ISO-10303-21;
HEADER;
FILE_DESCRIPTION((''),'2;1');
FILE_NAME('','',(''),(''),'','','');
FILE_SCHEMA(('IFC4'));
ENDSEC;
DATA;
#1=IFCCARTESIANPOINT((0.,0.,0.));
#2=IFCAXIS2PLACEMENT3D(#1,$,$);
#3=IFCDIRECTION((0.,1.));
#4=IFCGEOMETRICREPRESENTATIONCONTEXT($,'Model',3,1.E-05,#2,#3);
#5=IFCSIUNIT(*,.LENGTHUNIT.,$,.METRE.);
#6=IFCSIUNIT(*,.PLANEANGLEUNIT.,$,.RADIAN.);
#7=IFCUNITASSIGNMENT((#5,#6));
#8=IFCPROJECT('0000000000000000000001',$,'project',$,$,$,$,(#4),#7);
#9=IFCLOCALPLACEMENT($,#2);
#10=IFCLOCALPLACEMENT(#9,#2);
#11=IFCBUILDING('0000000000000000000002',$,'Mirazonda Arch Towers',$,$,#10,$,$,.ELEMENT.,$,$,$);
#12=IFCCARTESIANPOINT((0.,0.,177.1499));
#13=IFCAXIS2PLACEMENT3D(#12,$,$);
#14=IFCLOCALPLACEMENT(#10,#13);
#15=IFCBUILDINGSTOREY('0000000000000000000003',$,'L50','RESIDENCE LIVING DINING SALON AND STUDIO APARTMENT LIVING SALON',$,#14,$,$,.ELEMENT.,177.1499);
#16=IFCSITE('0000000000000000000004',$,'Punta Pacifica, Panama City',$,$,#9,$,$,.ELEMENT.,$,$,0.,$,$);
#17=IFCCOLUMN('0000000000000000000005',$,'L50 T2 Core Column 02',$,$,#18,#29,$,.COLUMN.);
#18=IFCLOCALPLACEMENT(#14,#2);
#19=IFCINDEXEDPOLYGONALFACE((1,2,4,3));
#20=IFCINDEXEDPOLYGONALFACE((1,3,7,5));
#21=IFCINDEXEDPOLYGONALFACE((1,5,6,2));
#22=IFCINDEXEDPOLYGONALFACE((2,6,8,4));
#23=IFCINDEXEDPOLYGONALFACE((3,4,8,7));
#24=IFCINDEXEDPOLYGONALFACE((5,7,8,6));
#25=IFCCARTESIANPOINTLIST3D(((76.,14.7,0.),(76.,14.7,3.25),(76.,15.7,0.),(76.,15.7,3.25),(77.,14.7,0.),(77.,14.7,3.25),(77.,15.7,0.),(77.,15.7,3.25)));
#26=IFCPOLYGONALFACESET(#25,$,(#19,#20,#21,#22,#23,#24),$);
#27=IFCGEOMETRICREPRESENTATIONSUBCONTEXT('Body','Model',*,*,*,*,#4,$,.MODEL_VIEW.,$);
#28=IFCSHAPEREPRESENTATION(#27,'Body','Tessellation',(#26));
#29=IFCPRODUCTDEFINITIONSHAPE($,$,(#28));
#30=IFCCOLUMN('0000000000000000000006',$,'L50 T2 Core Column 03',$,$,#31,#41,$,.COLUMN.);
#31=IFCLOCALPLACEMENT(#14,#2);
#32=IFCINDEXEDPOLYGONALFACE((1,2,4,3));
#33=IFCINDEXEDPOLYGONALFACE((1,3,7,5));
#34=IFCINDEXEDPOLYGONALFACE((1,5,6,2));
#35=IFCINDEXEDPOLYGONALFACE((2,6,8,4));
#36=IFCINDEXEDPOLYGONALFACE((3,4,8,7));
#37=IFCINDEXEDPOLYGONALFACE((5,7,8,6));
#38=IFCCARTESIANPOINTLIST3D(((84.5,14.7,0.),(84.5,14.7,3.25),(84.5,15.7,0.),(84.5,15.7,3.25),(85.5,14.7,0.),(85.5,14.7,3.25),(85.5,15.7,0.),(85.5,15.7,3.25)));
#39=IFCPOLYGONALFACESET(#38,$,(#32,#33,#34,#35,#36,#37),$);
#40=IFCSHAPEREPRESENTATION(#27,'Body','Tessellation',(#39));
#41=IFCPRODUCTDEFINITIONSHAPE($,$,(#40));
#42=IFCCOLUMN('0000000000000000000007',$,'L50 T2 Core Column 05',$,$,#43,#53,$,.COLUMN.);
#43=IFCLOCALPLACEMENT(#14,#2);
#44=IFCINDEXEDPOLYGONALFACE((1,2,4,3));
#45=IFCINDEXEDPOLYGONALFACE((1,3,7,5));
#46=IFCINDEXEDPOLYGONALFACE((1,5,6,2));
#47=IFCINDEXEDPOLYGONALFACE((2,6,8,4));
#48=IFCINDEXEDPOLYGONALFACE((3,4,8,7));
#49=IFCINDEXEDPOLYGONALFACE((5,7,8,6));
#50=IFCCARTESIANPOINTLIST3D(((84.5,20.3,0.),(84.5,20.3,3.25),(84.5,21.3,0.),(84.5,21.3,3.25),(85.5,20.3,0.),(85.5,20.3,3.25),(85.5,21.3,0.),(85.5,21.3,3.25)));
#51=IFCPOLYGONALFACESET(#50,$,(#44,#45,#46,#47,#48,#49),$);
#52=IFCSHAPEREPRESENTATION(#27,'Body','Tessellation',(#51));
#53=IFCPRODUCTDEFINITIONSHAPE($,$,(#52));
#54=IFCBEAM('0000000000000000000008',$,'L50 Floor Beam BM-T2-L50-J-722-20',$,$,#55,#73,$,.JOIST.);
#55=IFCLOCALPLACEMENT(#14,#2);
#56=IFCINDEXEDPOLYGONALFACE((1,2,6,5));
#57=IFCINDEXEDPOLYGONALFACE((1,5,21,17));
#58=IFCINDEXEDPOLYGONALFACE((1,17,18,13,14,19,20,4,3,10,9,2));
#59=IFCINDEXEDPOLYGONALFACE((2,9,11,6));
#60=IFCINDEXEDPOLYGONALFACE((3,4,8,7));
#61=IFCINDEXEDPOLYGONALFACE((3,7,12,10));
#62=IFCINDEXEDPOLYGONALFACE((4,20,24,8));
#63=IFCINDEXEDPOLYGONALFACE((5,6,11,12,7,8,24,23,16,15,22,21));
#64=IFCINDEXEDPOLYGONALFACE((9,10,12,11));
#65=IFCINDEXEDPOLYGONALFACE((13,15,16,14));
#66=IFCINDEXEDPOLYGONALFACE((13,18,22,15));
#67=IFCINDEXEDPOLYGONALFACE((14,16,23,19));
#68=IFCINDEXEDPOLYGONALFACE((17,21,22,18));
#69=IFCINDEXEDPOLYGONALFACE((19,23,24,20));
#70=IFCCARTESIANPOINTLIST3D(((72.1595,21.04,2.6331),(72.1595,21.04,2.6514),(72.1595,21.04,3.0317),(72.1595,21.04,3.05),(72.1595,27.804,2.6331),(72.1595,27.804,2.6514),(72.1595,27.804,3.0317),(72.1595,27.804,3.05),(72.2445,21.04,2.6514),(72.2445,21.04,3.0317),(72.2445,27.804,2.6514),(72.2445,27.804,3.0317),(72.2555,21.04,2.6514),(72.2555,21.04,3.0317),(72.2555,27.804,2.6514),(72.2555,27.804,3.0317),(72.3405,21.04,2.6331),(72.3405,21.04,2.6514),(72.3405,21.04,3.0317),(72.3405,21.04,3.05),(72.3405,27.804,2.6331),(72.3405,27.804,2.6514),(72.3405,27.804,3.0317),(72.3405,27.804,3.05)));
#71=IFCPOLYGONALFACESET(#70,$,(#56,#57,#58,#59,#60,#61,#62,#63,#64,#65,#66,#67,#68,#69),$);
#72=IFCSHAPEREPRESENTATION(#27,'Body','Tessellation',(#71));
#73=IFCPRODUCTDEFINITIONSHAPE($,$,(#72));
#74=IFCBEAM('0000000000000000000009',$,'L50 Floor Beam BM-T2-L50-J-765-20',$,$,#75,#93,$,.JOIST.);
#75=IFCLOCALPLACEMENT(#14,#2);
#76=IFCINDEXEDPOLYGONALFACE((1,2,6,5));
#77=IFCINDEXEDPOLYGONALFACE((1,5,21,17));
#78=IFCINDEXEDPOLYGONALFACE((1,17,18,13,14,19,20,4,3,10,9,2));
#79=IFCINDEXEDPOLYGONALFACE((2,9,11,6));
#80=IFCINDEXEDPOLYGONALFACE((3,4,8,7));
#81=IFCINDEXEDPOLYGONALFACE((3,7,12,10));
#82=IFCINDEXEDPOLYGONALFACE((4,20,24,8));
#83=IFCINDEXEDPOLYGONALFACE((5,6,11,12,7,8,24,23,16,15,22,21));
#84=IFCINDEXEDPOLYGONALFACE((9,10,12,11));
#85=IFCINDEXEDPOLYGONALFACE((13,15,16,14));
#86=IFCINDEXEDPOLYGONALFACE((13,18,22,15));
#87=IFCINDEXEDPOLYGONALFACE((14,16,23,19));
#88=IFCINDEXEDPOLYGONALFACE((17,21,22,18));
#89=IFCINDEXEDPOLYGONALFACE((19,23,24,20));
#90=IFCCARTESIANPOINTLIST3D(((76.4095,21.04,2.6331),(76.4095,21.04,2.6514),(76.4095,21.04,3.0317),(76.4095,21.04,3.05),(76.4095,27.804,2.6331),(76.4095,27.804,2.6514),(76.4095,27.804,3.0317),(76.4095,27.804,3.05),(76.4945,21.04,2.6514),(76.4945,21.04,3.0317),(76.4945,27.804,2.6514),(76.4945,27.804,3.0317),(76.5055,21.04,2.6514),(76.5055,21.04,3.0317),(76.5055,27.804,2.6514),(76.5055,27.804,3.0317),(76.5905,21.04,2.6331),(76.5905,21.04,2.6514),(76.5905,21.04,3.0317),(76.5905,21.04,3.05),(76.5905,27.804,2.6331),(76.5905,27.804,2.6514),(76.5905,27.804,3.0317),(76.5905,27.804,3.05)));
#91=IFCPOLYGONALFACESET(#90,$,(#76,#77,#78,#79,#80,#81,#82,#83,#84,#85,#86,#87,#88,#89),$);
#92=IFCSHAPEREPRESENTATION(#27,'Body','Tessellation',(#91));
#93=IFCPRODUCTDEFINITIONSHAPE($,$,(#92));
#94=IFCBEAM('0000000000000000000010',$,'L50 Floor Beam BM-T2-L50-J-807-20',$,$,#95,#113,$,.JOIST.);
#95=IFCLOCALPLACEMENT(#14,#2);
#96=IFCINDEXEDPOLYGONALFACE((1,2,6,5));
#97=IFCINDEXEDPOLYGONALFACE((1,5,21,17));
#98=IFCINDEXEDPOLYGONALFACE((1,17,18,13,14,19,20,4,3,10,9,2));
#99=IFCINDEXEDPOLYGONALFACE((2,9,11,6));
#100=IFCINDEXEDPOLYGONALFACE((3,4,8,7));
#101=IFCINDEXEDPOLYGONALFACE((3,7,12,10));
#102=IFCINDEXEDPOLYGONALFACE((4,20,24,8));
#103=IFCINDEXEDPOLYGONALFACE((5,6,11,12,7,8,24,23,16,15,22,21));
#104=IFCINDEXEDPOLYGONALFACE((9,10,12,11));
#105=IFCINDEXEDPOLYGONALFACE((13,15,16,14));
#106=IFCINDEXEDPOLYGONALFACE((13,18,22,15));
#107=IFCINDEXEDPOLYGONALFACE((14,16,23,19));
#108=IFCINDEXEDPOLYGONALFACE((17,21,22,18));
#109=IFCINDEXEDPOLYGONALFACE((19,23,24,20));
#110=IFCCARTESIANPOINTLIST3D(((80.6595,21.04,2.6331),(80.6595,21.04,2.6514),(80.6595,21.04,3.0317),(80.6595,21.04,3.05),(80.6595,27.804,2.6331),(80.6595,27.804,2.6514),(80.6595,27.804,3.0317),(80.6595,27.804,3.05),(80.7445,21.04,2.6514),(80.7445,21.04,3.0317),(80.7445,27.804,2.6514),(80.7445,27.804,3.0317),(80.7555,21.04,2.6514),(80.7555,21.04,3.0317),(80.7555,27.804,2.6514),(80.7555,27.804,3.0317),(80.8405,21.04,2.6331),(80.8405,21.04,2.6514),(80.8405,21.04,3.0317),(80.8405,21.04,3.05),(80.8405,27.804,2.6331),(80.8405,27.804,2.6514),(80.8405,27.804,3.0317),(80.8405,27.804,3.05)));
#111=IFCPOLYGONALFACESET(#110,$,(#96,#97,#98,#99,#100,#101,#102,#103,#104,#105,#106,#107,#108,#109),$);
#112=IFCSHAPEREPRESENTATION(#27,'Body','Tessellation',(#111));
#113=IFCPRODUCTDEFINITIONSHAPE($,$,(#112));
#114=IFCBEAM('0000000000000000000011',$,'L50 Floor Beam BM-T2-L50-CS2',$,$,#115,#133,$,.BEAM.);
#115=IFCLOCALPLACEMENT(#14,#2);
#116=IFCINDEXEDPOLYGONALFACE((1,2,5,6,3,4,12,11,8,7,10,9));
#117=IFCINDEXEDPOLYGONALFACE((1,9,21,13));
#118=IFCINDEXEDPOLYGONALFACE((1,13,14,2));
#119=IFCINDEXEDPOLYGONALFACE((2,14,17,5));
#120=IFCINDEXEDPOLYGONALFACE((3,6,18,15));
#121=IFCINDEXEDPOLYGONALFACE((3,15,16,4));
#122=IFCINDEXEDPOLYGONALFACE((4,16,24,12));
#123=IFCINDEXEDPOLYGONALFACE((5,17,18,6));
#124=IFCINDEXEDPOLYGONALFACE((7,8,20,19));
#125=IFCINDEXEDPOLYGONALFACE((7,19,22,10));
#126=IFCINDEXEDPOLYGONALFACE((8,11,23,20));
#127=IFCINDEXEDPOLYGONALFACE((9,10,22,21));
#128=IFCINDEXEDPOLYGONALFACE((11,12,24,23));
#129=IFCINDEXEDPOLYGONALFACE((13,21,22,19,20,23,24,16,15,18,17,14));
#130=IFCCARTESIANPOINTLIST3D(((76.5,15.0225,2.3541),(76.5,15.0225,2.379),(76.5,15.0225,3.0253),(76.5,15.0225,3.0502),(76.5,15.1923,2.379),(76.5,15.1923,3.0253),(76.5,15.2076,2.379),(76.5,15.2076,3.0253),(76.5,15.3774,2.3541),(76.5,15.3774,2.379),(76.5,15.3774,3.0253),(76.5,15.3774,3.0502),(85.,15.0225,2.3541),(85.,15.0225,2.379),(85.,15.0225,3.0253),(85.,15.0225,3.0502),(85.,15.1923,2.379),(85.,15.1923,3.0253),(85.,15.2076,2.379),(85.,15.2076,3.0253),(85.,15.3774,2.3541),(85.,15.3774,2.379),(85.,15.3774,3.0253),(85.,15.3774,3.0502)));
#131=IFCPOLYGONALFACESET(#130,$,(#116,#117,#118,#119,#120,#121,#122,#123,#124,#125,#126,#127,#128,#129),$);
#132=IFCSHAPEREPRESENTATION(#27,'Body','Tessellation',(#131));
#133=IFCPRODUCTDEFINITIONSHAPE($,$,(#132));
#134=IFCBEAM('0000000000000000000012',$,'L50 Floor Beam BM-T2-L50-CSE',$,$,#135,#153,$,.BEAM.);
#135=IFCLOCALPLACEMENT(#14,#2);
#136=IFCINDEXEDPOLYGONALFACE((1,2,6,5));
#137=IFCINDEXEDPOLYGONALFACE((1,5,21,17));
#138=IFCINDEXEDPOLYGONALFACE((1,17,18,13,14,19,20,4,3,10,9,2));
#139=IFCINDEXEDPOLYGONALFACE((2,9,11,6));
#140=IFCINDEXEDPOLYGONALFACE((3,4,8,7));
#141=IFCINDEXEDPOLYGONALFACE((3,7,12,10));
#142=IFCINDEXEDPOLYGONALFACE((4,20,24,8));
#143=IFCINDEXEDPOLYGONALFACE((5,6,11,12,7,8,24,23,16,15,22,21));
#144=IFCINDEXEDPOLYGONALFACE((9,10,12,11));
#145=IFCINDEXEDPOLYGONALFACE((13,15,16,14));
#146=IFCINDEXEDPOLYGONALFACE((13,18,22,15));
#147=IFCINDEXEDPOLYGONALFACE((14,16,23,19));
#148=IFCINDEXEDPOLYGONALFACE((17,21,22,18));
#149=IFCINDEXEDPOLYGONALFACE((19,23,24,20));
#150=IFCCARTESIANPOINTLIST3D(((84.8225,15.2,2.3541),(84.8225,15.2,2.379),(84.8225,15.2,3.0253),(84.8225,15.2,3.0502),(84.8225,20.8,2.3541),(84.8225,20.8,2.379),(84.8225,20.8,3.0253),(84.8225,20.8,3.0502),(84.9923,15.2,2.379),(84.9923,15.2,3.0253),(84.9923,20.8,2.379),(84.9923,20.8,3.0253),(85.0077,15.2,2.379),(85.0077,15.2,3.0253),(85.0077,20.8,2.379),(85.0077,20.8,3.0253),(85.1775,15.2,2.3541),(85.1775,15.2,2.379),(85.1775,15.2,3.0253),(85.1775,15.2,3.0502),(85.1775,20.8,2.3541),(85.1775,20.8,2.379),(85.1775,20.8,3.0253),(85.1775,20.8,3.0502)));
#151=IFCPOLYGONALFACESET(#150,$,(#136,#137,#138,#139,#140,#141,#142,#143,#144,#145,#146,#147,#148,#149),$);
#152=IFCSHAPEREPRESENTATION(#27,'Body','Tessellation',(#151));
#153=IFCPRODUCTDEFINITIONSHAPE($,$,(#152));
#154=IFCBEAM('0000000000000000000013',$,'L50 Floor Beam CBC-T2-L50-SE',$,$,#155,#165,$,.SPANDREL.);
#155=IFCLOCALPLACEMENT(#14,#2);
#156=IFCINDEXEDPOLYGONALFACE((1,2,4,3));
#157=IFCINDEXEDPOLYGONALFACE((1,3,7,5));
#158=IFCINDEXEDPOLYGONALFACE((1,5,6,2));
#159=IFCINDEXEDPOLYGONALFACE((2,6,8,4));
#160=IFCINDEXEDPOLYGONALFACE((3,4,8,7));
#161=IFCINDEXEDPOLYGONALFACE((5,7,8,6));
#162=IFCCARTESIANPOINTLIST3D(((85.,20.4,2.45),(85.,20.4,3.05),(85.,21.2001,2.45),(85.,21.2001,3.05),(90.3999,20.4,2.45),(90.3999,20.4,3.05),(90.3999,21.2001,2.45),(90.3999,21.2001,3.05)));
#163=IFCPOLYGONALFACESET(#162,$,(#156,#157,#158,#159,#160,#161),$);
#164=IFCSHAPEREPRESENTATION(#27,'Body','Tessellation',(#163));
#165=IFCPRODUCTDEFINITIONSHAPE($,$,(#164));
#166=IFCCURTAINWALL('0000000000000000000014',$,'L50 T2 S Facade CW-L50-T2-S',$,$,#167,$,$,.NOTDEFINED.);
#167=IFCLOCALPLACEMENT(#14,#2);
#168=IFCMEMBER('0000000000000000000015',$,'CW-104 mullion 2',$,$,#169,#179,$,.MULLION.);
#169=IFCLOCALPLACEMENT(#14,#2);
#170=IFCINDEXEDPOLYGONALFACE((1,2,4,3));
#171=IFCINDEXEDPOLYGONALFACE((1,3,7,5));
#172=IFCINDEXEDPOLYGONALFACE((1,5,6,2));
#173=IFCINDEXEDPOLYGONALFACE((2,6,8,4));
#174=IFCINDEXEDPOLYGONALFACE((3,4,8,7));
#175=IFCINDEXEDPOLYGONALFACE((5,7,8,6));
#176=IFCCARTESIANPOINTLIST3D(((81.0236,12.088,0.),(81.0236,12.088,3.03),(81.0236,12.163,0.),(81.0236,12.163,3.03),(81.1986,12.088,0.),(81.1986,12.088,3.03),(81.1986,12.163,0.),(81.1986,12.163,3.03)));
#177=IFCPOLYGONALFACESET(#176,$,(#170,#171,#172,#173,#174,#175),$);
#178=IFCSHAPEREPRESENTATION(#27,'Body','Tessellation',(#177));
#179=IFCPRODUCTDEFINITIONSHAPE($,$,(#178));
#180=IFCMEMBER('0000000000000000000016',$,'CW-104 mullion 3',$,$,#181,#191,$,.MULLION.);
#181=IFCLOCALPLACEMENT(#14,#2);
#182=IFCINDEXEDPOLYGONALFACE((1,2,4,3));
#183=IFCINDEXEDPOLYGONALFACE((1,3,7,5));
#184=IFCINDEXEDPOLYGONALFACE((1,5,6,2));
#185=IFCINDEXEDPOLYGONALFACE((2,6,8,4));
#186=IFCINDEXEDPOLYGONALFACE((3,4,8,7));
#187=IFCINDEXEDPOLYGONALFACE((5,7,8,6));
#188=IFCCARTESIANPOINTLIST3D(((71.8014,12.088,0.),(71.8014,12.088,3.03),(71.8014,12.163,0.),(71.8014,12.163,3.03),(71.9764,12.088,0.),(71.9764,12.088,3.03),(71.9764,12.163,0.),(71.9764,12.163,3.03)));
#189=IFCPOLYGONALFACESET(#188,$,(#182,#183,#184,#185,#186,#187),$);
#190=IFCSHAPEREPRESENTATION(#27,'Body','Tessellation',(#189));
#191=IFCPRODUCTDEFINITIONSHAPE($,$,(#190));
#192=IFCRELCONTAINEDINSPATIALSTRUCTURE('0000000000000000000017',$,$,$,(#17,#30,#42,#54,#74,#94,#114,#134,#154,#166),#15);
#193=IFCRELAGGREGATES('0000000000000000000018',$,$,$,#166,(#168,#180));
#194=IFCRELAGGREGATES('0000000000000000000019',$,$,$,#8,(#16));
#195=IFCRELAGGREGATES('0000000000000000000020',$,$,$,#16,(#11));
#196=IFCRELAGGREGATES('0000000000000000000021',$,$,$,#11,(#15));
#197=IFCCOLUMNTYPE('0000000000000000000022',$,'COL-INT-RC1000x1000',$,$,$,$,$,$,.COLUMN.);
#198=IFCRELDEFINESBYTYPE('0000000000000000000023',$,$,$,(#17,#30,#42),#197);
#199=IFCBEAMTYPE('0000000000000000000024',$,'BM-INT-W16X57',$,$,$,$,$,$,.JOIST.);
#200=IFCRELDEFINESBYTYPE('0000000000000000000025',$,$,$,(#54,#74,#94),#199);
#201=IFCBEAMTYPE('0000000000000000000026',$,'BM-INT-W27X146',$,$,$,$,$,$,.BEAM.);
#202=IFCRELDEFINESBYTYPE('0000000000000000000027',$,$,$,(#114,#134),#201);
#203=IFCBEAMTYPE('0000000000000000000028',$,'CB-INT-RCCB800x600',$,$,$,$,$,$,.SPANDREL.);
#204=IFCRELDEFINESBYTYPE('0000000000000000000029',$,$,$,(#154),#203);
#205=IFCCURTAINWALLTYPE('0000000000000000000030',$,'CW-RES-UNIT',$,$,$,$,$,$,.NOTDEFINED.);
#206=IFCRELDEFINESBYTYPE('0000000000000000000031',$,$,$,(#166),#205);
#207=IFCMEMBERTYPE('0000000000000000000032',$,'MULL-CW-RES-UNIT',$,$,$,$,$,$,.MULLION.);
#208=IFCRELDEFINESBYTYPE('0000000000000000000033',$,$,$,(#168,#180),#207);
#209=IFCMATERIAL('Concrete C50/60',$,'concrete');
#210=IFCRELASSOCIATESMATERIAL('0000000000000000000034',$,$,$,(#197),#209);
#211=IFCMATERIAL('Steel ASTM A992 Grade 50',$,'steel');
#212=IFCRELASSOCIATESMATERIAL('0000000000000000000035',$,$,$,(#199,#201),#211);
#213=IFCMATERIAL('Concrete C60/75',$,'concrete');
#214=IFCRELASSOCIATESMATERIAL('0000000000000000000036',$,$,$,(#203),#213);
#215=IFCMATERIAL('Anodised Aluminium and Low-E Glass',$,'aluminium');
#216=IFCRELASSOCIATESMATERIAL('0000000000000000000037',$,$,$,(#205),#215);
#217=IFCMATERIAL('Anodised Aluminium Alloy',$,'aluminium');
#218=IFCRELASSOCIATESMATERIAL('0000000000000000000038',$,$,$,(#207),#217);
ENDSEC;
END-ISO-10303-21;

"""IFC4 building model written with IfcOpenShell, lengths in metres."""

from ifc_helpers import new_model, si_unit, direction, frame, origin, origin_2d, place, context, subcontext, project, spatial, rectangle, i_section, extrude, material, material_profile, profile_set, type_object, element, aggregate, save


model = new_model("IFC4")

# Units and contexts
model_context = context("Model", 3, precision=1e-05, world=origin(), true_north=direction((0.0, 1.0)))
body_context = subcontext(model_context, "Body", "Model", "MODEL_VIEW")
ifc_project = project(units=[si_unit("LENGTHUNIT", "METRE"), si_unit("PLANEANGLEUNIT", "RADIAN")], contexts=[model_context])

# Site, building, storey
site_placement = place(None, origin())
site = spatial("IfcSite", under=ifc_project, at=site_placement, Name="Punta Pacifica, Panama City", CompositionType="ELEMENT", RefElevation=0.0)
building_placement = place(site_placement, origin())
building = spatial("IfcBuilding", under=site, at=building_placement, Name="Mirazonda Arch Towers", CompositionType="ELEMENT")
storey_placement = place(building_placement, frame((0.0, 0.0, 177.1499)))
storey = spatial("IfcBuildingStorey", under=building, at=storey_placement, Name="L50", Description="RESIDENCE LIVING DINING SALON AND STUDIO APARTMENT LIVING SALON", CompositionType="ELEMENT", Elevation=177.1499)

# Columns
ifc_material_1 = material(Name="Concrete C50/60", Category="concrete")
ifc_material_profile_1 = material_profile(ifc_material_1, rectangle(XDim=1.0, YDim=1.0, at=origin_2d()), Name="RC1000x1000")
ifc_profile_set_1 = profile_set([ifc_material_profile_1], Name="Concrete C50/60")
column_type = type_object("IfcColumnType", Name="COL-INT-RC1000x1000", PredefinedType="COLUMN", material=ifc_profile_set_1)
for number, where, z_axis, x_axis, name in (
    (1, (76.5, 15.2, 0.0), (0.0, 0.0, 1.0), (1.0, 0.0, 0.0), "L50 T2 Core Column 02"),
    (2, (85.0, 15.2, 0.0), (0.0, 0.0, 1.0), (1.0, 0.0, 0.0), "L50 T2 Core Column 03"),
    (3, (85.0, 20.8, 0.0), (0.0, 0.0, 1.0), (1.0, 0.0, 0.0), "L50 T2 Core Column 05"),
):
    element("IfcColumn", number, at=place(storey_placement, frame(where, z_axis=z_axis, x_axis=x_axis)), inside=storey, type_object=column_type, Name=name, PredefinedType="COLUMN", context=body_context, shape_type="SweptSolid", body=[
        extrude(rectangle(XDim=1.0, YDim=1.0, at=origin_2d()), origin(), (0.0, 0.0, 1.0), 3.25),
    ])

# Beams
ifc_material_2 = material(Name="Steel ASTM A992 Grade 50", Category="steel")
ifc_material_profile_2 = material_profile(ifc_material_2, i_section(OverallWidth=0.1809, OverallDepth=0.417, WebThickness=0.011, FlangeThickness=0.0183, at=origin_2d()), Name="W16X57")
ifc_profile_set_2 = profile_set([ifc_material_profile_2], Name="Steel ASTM A992 Grade 50")
beam_type_1 = type_object("IfcBeamType", Name="BM-INT-W16X57", PredefinedType="JOIST", material=ifc_profile_set_2)
for number, where, z_axis, x_axis, name in (
    (4, (72.25, 21.04, 2.8416), (0.0, 1.0, 0.0), (-1.0, 0.0, 0.0), "L50 Floor Beam BM-T2-L50-J-722-20"),
    (5, (76.5, 21.04, 2.8416), (0.0, 1.0, 0.0), (-1.0, 0.0, 0.0), "L50 Floor Beam BM-T2-L50-J-765-20"),
    (6, (80.75, 21.04, 2.8416), (0.0, 1.0, 0.0), (-1.0, 0.0, 0.0), "L50 Floor Beam BM-T2-L50-J-807-20"),
):
    element("IfcBeam", number, at=place(storey_placement, frame(where, z_axis=z_axis, x_axis=x_axis)), inside=storey, type_object=beam_type_1, Name=name, PredefinedType="JOIST", context=body_context, shape_type="SweptSolid", body=[
        extrude(i_section(OverallWidth=0.1809, OverallDepth=0.417, WebThickness=0.011, FlangeThickness=0.0183, at=origin_2d()), origin(), (0.0, 0.0, 1.0), 6.7639),
    ])
ifc_material_profile_3 = material_profile(ifc_material_2, i_section(OverallWidth=0.355, OverallDepth=0.696, WebThickness=0.0154, FlangeThickness=0.0249, at=origin_2d()), Name="W27X146")
ifc_profile_set_3 = profile_set([ifc_material_profile_3], Name="Steel ASTM A992 Grade 50")
beam_type_2 = type_object("IfcBeamType", Name="BM-INT-W27X146", PredefinedType="BEAM", material=ifc_profile_set_3)
beam_1_placement = place(storey_placement, frame((76.5, 15.2, 2.7021), z_axis=(1.0, 0.0, 0.0), x_axis=(0.0, 1.0, 0.0)))
element("IfcBeam", 7, at=beam_1_placement, inside=storey, type_object=beam_type_2, Name="L50 Floor Beam BM-T2-L50-CS2", PredefinedType="BEAM", context=body_context, shape_type="SweptSolid", body=[
    extrude(i_section(OverallWidth=0.355, OverallDepth=0.696, WebThickness=0.0154, FlangeThickness=0.0249, at=origin_2d()), origin(), (0.0, 0.0, 1.0), 8.5),
])
beam_2_placement = place(storey_placement, frame((85.0, 15.2, 2.7021), z_axis=(0.0, 1.0, 0.0), x_axis=(-1.0, 0.0, 0.0)))
element("IfcBeam", 8, at=beam_2_placement, inside=storey, type_object=beam_type_2, Name="L50 Floor Beam BM-T2-L50-CSE", PredefinedType="BEAM", context=body_context, shape_type="SweptSolid", body=[
    extrude(i_section(OverallWidth=0.355, OverallDepth=0.696, WebThickness=0.0154, FlangeThickness=0.0249, at=origin_2d()), origin(), (0.0, 0.0, 1.0), 5.6001),
])
ifc_material_3 = material(Name="Concrete C60/75", Category="concrete")
ifc_material_profile_4 = material_profile(ifc_material_3, rectangle(XDim=0.8, YDim=0.6001, at=origin_2d()), Name="RCCB800x600")
ifc_profile_set_4 = profile_set([ifc_material_profile_4], Name="Concrete C60/75")
beam_type_3 = type_object("IfcBeamType", Name="CB-INT-RCCB800x600", PredefinedType="SPANDREL", material=ifc_profile_set_4)
beam_3_placement = place(storey_placement, frame((85.0, 20.8, 2.75), z_axis=(1.0, 0.0, 0.0), x_axis=(0.0, 1.0, 0.0)))
element("IfcBeam", 9, at=beam_3_placement, inside=storey, type_object=beam_type_3, Name="L50 Floor Beam CBC-T2-L50-SE", PredefinedType="SPANDREL", context=body_context, shape_type="SweptSolid", body=[
    extrude(rectangle(XDim=0.8, YDim=0.6001, at=origin_2d()), origin(), (0.0, 0.0, 1.0), 5.3999),
])

# Curtain wall, members
ifc_material_4 = material(Name="Anodised Aluminium and Low-E Glass", Category="aluminium")
curtain_wall_type = type_object("IfcCurtainWallType", Name="CW-RES-UNIT", PredefinedType="NOTDEFINED", material=ifc_material_4)
curtain_wall_placement = place(storey_placement, origin())
curtain_wall = element("IfcCurtainWall", 10, at=curtain_wall_placement, inside=storey, type_object=curtain_wall_type, Name="L50 T2 S Facade CW-L50-T2-S", PredefinedType="NOTDEFINED")
ifc_material_5 = material(Name="Anodised Aluminium Alloy", Category="aluminium")
ifc_material_profile_5 = material_profile(ifc_material_5, rectangle(XDim=0.075, YDim=0.175, at=origin_2d()), Name="ALU-MULL-75x175")
ifc_profile_set_5 = profile_set([ifc_material_profile_5], Name="Anodised Aluminium Alloy")
member_type_1 = type_object("IfcMemberType", Name="MULL-CW-RES-UNIT", PredefinedType="MULLION", material=ifc_profile_set_5)
member_1_placement = place(storey_placement, frame((81.1111, 12.1255, 0.0), z_axis=(0.0, 0.0, 1.0), x_axis=(0.0, -1.0, 0.0)))
member_1 = element("IfcMember", 11, at=member_1_placement, type_object=member_type_1, Name="CW-104 mullion 2", PredefinedType="MULLION", context=body_context, shape_type="SweptSolid", body=[
    extrude(rectangle(XDim=0.075, YDim=0.175, at=origin_2d()), origin(), (0.0, 0.0, 1.0), 3.03),
])
member_2_placement = place(storey_placement, frame((71.8889, 12.1255, 0.0), z_axis=(0.0, 0.0, 1.0), x_axis=(0.0, -1.0, 0.0)))
member_2 = element("IfcMember", 12, at=member_2_placement, type_object=member_type_1, Name="CW-104 mullion 3", PredefinedType="MULLION", context=body_context, shape_type="SweptSolid", body=[
    extrude(rectangle(XDim=0.075, YDim=0.175, at=origin_2d()), origin(), (0.0, 0.0, 1.0), 3.03),
])
aggregate(curtain_wall, [member_1, member_2])

save(model, "model.ifc")
